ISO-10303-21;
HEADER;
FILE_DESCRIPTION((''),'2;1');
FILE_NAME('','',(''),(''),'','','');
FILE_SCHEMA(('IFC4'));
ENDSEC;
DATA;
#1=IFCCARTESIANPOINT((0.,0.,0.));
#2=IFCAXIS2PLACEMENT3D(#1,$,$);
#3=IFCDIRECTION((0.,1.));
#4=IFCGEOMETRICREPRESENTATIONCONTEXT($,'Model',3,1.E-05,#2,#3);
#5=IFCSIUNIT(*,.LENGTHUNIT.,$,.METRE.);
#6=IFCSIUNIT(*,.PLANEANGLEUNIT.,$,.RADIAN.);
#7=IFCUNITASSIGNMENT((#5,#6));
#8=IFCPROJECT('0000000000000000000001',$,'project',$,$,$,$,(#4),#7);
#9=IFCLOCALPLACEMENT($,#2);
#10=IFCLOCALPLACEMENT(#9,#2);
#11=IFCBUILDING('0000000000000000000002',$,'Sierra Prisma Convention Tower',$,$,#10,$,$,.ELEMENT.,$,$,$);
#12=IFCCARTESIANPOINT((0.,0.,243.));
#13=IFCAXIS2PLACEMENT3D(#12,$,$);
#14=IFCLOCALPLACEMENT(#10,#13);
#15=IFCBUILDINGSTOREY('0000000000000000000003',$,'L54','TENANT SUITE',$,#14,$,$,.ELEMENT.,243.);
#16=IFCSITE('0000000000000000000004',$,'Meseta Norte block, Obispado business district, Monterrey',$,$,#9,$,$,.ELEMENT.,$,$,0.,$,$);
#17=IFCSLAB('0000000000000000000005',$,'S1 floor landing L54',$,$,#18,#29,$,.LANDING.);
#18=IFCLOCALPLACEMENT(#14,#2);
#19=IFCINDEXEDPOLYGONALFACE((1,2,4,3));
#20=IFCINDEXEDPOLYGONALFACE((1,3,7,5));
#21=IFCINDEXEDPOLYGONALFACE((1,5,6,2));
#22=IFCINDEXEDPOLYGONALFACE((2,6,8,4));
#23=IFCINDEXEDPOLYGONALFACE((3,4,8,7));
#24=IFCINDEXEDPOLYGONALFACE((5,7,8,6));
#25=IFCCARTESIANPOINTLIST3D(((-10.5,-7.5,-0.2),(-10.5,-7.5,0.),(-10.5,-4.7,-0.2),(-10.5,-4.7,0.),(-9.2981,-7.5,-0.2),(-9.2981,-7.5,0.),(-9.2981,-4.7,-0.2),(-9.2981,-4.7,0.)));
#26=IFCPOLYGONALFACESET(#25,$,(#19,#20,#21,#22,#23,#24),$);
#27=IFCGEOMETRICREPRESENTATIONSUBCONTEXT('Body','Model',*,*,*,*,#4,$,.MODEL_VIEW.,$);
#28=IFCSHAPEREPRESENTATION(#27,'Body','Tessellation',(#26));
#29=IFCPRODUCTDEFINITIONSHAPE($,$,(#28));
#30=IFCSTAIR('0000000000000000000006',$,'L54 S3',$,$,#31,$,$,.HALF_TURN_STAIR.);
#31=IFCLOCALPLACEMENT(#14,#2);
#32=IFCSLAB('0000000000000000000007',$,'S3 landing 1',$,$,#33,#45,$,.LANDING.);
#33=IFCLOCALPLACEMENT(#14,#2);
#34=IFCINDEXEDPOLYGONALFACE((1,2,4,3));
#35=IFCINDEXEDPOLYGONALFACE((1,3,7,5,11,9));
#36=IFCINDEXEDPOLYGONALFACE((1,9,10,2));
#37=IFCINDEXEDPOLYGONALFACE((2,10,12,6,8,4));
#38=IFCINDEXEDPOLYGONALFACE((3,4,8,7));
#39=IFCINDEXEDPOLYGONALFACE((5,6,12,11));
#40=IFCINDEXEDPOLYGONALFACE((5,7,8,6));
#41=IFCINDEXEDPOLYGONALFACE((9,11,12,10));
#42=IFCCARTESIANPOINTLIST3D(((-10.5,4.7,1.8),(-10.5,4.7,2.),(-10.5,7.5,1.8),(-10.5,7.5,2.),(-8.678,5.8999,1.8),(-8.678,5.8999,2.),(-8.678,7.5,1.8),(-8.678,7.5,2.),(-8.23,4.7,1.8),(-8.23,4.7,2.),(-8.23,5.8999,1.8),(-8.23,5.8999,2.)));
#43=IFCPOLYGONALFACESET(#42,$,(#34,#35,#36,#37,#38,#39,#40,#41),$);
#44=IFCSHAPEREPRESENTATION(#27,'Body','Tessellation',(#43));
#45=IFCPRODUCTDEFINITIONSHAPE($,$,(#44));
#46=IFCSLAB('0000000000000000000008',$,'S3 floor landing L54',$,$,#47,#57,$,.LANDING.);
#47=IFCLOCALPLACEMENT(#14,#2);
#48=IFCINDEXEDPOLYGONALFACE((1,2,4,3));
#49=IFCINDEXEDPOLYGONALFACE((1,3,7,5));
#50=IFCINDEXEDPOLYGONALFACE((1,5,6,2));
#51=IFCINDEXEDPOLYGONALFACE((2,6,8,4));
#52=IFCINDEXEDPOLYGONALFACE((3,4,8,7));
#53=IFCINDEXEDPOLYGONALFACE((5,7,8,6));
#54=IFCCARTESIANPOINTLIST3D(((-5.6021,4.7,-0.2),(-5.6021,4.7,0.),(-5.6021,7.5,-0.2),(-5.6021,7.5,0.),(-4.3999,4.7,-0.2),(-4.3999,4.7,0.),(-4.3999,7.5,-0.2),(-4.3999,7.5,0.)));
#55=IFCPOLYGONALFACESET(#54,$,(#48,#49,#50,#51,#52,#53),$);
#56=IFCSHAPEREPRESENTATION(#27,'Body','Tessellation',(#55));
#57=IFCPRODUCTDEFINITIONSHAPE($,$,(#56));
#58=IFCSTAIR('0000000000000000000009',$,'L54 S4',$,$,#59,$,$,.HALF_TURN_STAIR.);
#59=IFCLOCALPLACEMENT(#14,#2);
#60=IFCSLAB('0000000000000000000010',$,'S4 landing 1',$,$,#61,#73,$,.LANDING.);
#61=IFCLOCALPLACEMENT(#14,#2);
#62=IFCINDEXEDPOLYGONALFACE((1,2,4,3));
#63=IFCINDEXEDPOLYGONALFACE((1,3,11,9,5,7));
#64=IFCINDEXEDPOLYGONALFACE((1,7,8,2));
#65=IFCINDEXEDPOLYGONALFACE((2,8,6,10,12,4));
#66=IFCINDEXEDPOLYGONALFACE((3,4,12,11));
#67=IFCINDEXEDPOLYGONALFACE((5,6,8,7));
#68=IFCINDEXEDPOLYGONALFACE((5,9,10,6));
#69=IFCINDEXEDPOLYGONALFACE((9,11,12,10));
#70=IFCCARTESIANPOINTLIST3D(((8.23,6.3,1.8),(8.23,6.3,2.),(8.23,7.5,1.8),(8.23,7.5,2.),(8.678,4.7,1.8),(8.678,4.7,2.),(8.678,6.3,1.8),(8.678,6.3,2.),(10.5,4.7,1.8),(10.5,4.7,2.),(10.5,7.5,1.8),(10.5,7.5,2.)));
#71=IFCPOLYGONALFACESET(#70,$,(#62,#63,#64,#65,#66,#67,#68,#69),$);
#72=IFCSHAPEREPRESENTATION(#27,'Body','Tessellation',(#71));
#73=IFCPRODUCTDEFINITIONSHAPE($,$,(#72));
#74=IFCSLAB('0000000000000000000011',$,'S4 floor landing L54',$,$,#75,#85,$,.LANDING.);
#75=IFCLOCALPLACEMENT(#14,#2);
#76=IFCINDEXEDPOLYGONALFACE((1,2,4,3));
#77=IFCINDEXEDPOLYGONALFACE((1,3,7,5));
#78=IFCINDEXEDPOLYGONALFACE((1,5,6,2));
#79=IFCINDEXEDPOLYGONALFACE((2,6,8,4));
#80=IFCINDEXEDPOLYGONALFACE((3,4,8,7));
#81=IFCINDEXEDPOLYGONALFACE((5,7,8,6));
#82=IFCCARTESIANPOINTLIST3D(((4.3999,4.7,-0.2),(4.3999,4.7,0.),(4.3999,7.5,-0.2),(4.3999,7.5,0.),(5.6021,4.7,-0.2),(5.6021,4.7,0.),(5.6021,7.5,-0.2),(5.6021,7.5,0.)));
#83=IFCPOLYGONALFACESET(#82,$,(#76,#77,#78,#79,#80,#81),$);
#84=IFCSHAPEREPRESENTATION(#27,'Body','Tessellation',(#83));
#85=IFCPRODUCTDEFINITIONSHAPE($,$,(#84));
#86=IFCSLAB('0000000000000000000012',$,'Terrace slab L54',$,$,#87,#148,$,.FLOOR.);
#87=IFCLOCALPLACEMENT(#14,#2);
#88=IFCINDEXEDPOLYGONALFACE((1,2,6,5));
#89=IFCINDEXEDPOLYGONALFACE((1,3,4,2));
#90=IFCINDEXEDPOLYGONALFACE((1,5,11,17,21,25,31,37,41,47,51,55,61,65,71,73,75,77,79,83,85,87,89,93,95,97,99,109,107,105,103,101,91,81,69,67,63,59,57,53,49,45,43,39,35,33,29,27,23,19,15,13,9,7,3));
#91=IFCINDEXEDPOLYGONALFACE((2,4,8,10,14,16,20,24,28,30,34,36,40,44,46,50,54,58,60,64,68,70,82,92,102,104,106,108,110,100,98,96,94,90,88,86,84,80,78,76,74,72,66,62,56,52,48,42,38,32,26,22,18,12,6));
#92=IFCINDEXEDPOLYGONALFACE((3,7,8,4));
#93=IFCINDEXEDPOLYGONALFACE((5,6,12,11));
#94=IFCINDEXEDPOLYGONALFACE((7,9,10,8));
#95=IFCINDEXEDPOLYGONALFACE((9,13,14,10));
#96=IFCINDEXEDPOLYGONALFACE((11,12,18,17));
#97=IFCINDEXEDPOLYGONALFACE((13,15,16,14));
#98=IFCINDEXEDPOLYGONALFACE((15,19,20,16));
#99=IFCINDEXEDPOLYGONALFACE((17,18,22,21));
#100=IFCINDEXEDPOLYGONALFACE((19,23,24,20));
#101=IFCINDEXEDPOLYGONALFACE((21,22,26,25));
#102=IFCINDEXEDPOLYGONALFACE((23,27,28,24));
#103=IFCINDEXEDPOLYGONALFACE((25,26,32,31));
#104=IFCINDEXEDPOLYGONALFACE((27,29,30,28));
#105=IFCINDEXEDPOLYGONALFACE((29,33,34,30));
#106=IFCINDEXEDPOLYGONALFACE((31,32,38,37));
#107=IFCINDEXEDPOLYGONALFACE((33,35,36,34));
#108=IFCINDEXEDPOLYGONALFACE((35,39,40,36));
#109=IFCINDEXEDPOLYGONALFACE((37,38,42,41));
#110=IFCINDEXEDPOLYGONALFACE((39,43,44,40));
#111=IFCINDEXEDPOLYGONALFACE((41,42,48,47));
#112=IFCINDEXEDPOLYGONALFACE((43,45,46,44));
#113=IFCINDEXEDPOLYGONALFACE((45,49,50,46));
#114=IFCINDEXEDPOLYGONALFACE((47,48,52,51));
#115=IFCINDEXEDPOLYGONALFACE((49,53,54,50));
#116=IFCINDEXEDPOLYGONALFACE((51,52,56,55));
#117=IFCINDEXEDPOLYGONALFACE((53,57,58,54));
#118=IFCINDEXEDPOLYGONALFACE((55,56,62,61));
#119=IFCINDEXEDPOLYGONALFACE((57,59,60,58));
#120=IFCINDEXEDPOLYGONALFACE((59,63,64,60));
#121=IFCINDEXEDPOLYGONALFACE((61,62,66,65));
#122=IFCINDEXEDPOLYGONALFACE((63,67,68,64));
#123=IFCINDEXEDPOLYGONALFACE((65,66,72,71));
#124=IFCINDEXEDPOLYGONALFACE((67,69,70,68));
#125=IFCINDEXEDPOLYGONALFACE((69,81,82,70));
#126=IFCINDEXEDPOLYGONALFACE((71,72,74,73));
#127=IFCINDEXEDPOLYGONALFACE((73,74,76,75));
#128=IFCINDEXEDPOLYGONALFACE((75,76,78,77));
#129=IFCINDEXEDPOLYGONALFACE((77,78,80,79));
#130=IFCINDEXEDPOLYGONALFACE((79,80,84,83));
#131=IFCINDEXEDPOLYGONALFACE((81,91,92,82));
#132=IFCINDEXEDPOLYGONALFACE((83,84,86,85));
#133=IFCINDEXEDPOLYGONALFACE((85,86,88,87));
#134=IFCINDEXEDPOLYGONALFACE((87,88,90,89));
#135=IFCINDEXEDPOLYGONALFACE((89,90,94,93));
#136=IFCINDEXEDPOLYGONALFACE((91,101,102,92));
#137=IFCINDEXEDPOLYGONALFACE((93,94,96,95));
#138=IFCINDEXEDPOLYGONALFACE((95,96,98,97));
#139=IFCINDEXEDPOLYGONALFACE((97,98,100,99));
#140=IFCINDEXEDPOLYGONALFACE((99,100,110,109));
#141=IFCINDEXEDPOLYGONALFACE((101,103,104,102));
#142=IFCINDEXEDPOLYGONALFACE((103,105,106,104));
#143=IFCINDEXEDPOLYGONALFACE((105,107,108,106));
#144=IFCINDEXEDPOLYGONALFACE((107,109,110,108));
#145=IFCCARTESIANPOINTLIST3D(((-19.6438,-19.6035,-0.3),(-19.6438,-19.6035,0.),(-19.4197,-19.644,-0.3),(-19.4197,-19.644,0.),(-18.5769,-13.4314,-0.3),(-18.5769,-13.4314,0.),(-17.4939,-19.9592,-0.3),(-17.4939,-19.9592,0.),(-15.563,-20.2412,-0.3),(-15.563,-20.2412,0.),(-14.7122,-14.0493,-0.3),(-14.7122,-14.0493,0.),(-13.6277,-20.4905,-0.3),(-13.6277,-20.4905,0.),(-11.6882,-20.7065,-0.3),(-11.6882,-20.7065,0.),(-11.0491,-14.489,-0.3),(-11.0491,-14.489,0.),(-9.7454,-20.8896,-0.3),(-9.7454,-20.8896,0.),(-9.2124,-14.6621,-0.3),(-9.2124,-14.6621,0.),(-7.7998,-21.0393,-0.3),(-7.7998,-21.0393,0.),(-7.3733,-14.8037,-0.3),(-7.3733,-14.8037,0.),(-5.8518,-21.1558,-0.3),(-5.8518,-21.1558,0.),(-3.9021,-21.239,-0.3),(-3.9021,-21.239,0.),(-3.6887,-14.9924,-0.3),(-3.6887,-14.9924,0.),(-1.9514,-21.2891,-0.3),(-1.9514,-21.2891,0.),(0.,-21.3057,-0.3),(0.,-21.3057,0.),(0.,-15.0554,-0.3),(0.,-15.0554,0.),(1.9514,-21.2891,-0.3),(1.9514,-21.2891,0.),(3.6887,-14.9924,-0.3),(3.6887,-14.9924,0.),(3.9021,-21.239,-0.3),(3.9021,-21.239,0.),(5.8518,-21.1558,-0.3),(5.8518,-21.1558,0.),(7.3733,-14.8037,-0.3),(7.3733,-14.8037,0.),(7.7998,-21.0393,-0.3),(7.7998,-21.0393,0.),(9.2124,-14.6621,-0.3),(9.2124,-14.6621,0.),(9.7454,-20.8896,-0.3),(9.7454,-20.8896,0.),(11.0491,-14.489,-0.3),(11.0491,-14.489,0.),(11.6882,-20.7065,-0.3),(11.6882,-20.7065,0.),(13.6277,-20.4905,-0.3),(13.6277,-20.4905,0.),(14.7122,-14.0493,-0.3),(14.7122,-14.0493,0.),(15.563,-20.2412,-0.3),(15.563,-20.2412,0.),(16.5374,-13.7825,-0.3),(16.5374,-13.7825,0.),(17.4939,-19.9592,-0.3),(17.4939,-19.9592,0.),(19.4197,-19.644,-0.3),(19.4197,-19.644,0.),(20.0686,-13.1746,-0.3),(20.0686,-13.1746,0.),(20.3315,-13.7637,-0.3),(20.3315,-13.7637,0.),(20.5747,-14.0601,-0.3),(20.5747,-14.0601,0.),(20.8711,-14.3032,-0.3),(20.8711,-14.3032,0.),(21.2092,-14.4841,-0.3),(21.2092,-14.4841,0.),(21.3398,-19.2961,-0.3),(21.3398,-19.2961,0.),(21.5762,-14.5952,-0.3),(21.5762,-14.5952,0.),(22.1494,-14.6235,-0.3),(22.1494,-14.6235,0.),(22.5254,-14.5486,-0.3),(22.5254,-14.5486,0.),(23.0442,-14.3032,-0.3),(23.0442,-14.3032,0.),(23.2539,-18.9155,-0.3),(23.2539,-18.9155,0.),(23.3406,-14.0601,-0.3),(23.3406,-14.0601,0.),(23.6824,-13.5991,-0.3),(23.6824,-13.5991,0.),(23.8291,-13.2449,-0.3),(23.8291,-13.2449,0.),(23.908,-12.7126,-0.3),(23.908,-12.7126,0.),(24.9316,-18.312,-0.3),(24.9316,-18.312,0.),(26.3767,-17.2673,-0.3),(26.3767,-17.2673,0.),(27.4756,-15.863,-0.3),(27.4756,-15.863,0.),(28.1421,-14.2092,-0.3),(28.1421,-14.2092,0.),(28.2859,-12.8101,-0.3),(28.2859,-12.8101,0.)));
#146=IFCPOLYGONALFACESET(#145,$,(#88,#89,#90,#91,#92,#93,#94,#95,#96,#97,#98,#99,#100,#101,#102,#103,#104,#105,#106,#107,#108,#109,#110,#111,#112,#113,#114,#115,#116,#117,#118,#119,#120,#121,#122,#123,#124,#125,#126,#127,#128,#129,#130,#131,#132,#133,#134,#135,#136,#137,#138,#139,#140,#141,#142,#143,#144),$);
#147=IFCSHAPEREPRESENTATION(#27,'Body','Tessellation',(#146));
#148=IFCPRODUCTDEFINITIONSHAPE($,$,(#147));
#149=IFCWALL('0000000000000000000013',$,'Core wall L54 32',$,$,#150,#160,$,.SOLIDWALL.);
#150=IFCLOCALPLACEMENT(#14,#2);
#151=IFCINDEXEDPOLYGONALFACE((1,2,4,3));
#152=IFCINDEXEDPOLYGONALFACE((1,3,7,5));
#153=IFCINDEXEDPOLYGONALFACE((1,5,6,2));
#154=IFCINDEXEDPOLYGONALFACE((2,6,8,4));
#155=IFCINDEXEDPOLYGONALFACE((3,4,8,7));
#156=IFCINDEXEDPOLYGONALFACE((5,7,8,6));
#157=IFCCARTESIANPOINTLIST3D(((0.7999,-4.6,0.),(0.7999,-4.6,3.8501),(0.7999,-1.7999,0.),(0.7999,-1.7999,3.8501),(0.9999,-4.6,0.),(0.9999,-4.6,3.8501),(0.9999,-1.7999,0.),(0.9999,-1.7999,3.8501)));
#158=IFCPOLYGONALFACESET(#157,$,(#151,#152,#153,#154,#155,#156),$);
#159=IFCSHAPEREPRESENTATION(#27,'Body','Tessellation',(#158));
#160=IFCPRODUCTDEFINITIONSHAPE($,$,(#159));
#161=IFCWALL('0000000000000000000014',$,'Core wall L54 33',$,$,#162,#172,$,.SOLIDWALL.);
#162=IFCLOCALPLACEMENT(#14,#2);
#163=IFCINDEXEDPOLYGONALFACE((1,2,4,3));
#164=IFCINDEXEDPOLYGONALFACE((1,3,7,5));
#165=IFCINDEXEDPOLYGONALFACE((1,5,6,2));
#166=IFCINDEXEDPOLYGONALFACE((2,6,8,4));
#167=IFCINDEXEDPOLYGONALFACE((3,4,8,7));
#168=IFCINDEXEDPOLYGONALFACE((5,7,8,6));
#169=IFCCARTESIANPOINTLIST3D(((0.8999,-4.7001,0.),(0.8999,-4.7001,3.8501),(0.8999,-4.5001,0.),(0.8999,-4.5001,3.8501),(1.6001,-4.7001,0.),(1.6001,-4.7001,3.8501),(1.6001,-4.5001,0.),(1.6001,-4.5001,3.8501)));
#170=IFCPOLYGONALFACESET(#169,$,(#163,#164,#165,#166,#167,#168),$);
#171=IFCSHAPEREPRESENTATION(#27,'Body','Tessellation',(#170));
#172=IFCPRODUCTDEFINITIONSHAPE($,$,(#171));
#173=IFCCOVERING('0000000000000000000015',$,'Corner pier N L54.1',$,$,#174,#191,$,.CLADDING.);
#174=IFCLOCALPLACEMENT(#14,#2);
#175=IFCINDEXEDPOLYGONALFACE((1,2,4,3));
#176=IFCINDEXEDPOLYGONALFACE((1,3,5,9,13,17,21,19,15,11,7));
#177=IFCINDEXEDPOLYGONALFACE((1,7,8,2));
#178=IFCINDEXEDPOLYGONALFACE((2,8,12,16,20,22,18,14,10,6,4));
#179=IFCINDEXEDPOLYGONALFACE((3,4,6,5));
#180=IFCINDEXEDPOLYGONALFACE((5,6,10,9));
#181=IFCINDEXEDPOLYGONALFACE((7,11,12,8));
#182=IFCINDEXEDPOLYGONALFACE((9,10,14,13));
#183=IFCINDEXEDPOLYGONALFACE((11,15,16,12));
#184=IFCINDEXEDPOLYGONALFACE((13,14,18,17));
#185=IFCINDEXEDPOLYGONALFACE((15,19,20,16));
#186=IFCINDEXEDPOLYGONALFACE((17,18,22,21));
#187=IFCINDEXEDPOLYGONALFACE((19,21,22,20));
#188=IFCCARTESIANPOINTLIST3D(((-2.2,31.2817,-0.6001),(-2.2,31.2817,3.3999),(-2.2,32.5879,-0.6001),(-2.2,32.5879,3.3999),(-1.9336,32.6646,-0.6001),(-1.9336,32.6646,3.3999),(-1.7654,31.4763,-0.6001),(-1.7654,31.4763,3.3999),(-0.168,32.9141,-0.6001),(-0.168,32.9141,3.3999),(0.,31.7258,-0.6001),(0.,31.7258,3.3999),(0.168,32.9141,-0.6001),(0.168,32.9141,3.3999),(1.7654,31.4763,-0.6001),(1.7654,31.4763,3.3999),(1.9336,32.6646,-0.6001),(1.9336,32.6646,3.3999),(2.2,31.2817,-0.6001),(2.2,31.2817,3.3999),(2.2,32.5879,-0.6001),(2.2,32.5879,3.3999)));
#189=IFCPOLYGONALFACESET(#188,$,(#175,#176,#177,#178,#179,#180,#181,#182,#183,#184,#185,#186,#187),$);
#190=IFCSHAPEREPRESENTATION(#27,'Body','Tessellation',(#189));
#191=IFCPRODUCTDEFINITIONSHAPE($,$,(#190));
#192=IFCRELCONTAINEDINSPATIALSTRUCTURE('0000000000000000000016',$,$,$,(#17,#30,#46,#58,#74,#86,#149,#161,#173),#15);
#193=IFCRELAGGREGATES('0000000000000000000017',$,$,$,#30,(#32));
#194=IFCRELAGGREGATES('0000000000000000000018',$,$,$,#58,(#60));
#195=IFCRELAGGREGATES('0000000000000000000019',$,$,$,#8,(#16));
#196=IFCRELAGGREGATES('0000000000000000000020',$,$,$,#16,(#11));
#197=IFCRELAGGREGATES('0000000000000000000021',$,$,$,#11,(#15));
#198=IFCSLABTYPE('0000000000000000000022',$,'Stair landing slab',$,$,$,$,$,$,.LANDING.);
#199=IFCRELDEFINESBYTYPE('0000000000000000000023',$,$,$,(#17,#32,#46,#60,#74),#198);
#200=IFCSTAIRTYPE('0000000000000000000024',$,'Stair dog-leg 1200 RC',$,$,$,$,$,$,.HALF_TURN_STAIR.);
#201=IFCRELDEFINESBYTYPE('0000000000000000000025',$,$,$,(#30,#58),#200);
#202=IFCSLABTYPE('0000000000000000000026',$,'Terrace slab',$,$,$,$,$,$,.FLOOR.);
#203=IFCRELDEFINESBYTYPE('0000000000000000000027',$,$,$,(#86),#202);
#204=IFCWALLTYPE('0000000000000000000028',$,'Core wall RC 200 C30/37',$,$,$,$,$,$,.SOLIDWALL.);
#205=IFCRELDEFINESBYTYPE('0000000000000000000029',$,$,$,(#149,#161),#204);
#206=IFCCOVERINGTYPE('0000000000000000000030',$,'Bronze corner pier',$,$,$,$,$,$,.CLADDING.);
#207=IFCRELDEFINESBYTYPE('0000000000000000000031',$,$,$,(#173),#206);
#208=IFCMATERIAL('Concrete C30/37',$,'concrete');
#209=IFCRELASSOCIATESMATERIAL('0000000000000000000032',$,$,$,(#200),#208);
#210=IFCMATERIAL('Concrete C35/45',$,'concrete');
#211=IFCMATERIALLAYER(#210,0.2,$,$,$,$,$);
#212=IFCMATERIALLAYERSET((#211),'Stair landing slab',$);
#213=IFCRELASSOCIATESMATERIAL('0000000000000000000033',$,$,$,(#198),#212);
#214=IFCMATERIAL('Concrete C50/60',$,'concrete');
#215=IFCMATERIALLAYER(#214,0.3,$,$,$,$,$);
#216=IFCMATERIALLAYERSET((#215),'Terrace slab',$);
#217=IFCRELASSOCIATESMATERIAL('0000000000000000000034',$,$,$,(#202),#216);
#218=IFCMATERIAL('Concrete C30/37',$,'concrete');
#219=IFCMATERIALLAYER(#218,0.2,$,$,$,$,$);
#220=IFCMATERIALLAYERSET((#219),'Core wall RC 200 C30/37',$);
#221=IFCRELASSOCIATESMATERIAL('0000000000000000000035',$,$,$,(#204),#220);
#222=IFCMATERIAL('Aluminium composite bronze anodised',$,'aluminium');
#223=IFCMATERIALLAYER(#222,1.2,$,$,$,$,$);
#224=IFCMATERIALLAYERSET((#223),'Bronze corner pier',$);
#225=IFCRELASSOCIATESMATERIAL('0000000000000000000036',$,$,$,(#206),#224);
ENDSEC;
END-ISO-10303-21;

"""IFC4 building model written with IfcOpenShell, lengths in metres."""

from ifc_helpers import new_model, si_unit, direction, frame, frame_2d, origin, place, context, subcontext, project, spatial, polyline, rectangle, outline, extrude, material, layer, layer_set, type_object, element, aggregate, save


model = new_model("IFC4")

# Units and contexts
model_context = context("Model", 3, precision=1e-05, world=origin(), true_north=direction((0.0, 1.0)))
body_context = subcontext(model_context, "Body", "Model", "MODEL_VIEW")
ifc_project = project(units=[si_unit("LENGTHUNIT", "METRE"), si_unit("PLANEANGLEUNIT", "RADIAN")], contexts=[model_context])

# Site, building, storey
site_placement = place(None, origin())
site = spatial("IfcSite", under=ifc_project, at=site_placement, Name="Meseta Norte block, Obispado business district, Monterrey", CompositionType="ELEMENT", RefElevation=0.0)
building_placement = place(site_placement, origin())
building = spatial("IfcBuilding", under=site, at=building_placement, Name="Sierra Prisma Convention Tower", CompositionType="ELEMENT")
storey_placement = place(building_placement, frame((0.0, 0.0, 243.0)))
storey = spatial("IfcBuildingStorey", under=building, at=storey_placement, Name="L54", Description="TENANT SUITE", CompositionType="ELEMENT", Elevation=243.0)

# Shared definitions
ifc_material_1 = material(Name="Concrete C30/37", Category="concrete")
stair_type = type_object("IfcStairType", Name="Stair dog-leg 1200 RC", PredefinedType="HALF_TURN_STAIR", material=ifc_material_1)
ifc_material_2 = material(Name="Concrete C35/45", Category="concrete")
ifc_layer_1 = layer(ifc_material_2, 0.2)
ifc_layer_set_1 = layer_set([ifc_layer_1], Name="Stair landing slab")
slab_type_1 = type_object("IfcSlabType", Name="Stair landing slab", PredefinedType="LANDING", material=ifc_layer_set_1)

# Slab
slab_1_placement = place(storey_placement, frame((0.0, 0.0, -0.2)))
element("IfcSlab", 1, at=slab_1_placement, inside=storey, type_object=slab_type_1, Name="S1 floor landing L54", PredefinedType="LANDING", context=body_context, shape_type="SweptSolid", body=[
    extrude(outline(polyline([(-10.5, -7.5), (-9.2981, -7.5), (-9.2981, -4.7), (-10.5, -4.7), (-10.5, -7.5)])), origin(), (0.0, 0.0, 1.0), 0.2),
])

# Stair, slab
stair_1_placement = place(storey_placement, origin())
stair_1 = element("IfcStair", 2, at=stair_1_placement, inside=storey, type_object=stair_type, Name="L54 S3", PredefinedType="HALF_TURN_STAIR")
slab_2_placement = place(storey_placement, frame((0.0, 0.0, 1.8)))
slab_2 = element("IfcSlab", 3, at=slab_2_placement, type_object=slab_type_1, Name="S3 landing 1", PredefinedType="LANDING", context=body_context, shape_type="SweptSolid", body=[
    extrude(outline(polyline([(-8.23, 5.8999), (-8.23, 4.7), (-10.5, 4.7), (-10.5, 7.5), (-8.678, 7.5), (-8.678, 5.8999), (-8.23, 5.8999)])), origin(), (0.0, 0.0, 1.0), 0.2),
])
aggregate(stair_1, [slab_2])

# Slab
slab_3_placement = place(storey_placement, frame((0.0, 0.0, -0.2)))
element("IfcSlab", 4, at=slab_3_placement, inside=storey, type_object=slab_type_1, Name="S3 floor landing L54", PredefinedType="LANDING", context=body_context, shape_type="SweptSolid", body=[
    extrude(outline(polyline([(-4.3999, 7.5), (-5.6021, 7.5), (-5.6021, 4.7), (-4.3999, 4.7), (-4.3999, 7.5)])), origin(), (0.0, 0.0, 1.0), 0.2),
])

# Stair, slab
stair_2_placement = place(storey_placement, origin())
stair_2 = element("IfcStair", 5, at=stair_2_placement, inside=storey, type_object=stair_type, Name="L54 S4", PredefinedType="HALF_TURN_STAIR")
slab_4_placement = place(storey_placement, frame((0.0, 0.0, 1.8)))
slab_4 = element("IfcSlab", 6, at=slab_4_placement, type_object=slab_type_1, Name="S4 landing 1", PredefinedType="LANDING", context=body_context, shape_type="SweptSolid", body=[
    extrude(outline(polyline([(10.5, 7.5), (10.5, 4.7), (8.678, 4.7), (8.678, 6.3), (8.23, 6.3), (8.23, 7.5), (10.5, 7.5)])), origin(), (0.0, 0.0, 1.0), 0.2),
])
aggregate(stair_2, [slab_4])

# Slabs
slab_5_placement = place(storey_placement, frame((0.0, 0.0, -0.2)))
element("IfcSlab", 7, at=slab_5_placement, inside=storey, type_object=slab_type_1, Name="S4 floor landing L54", PredefinedType="LANDING", context=body_context, shape_type="SweptSolid", body=[
    extrude(outline(polyline([(4.3999, 4.7), (5.6021, 4.7), (5.6021, 7.5), (4.3999, 7.5), (4.3999, 4.7)])), origin(), (0.0, 0.0, 1.0), 0.2),
])
ifc_material_3 = material(Name="Concrete C50/60", Category="concrete")
ifc_layer_2 = layer(ifc_material_3, 0.3)
ifc_layer_set_2 = layer_set([ifc_layer_2], Name="Terrace slab")
slab_type_2 = type_object("IfcSlabType", Name="Terrace slab", PredefinedType="FLOOR", material=ifc_layer_set_2)
slab_6_placement = place(storey_placement, frame((0.0, 0.0, -0.3)))
element("IfcSlab", 8, at=slab_6_placement, inside=storey, type_object=slab_type_2, Name="Terrace slab L54", PredefinedType="FLOOR", context=body_context, shape_type="SweptSolid", body=[
    extrude(outline(polyline([(-19.6438, -19.6035), (-19.4197, -19.644), (-17.4939, -19.9592), (-15.563, -20.2412), (-13.6277, -20.4905), (-11.6882, -20.7065), (-9.7454, -20.8896), (-7.7998, -21.0393), (-5.8518, -21.1558), (-3.9021, -21.239), (-1.9514, -21.2891), (0.0, -21.3057), (1.9514, -21.2891), (3.9021, -21.239), (5.8518, -21.1558), (7.7998, -21.0393), (9.7454, -20.8896), (11.6882, -20.7065), (13.6277, -20.4905), (15.563, -20.2412), (17.4939, -19.9592), (19.4197, -19.644), (21.3398, -19.2961), (23.2539, -18.9155), (24.9316, -18.312), (26.3767, -17.2673), (27.4756, -15.863), (28.1421, -14.2092), (28.2859, -12.8101), (23.908, -12.7126), (23.8291, -13.2449), (23.6824, -13.5991), (23.3406, -14.0601), (23.0442, -14.3032), (22.5254, -14.5486), (22.1494, -14.6235), (21.5762, -14.5952), (21.2092, -14.4841), (20.8711, -14.3032), (20.5747, -14.0601), (20.3315, -13.7637), (20.0686, -13.1746), (16.5374, -13.7825), (14.7122, -14.0493), (11.0491, -14.489), (9.2124, -14.6621), (7.3733, -14.8037), (3.6887, -14.9924), (0.0, -15.0554), (-3.6887, -14.9924), (-7.3733, -14.8037), (-9.2124, -14.6621), (-11.0491, -14.489), (-14.7122, -14.0493), (-18.5769, -13.4314), (-19.6438, -19.6035)])), origin(), (0.0, 0.0, 1.0), 0.3),
])

# Shared definitions
ifc_material_4 = material(Name="Concrete C30/37", Category="concrete")
ifc_layer_3 = layer(ifc_material_4, 0.2)
ifc_layer_set_3 = layer_set([ifc_layer_3], Name="Core wall RC 200 C30/37")
wall_type = type_object("IfcWallType", Name="Core wall RC 200 C30/37", PredefinedType="SOLIDWALL", material=ifc_layer_set_3)

# Walls
wall_1_placement = place(storey_placement, frame((0.8999, -1.8, 0.0), z_axis=(0.0, 0.0, 1.0), x_axis=(0.0, -1.0, 0.0)))
element("IfcWall", 9, at=wall_1_placement, inside=storey, type_object=wall_type, Name="Core wall L54 32", PredefinedType="SOLIDWALL", context=body_context, shape_type="SweptSolid", body=[
    extrude(rectangle(XDim=2.8, YDim=0.2, at=frame_2d((1.3999, 0.0))), origin(), (0.0, 0.0, 1.0), 3.8501),
])
wall_2_placement = place(storey_placement, frame((0.8999, -4.6001, 0.0), z_axis=(0.0, 0.0, 1.0), x_axis=(1.0, 0.0, 0.0)))
element("IfcWall", 10, at=wall_2_placement, inside=storey, type_object=wall_type, Name="Core wall L54 33", PredefinedType="SOLIDWALL", context=body_context, shape_type="SweptSolid", body=[
    extrude(rectangle(XDim=0.7002, YDim=0.2, at=frame_2d((0.3501, 0.0))), origin(), (0.0, 0.0, 1.0), 3.8501),
])

# Covering
ifc_material_5 = material(Name="Aluminium composite bronze anodised", Category="aluminium")
ifc_layer_4 = layer(ifc_material_5, 1.2)
ifc_layer_set_4 = layer_set([ifc_layer_4], Name="Bronze corner pier")
covering_type_1 = type_object("IfcCoveringType", Name="Bronze corner pier", PredefinedType="CLADDING", material=ifc_layer_set_4)
covering_1_placement = place(storey_placement, frame((0.0, 0.0, -0.6001)))
element("IfcCovering", 11, at=covering_1_placement, inside=storey, type_object=covering_type_1, Name="Corner pier N L54.1", PredefinedType="CLADDING", context=body_context, shape_type="SweptSolid", body=[
    extrude(outline(polyline([(-0.168, 32.9141), (0.168, 32.9141), (1.9336, 32.6646), (2.2, 32.5879), (2.2, 31.2817), (1.7654, 31.4763), (0.0, 31.7258), (-1.7654, 31.4763), (-2.2, 31.2817), (-2.2, 32.5879), (-1.9336, 32.6646), (-0.168, 32.9141)])), origin(), (0.0, 0.0, 1.0), 4.0),
])

save(model, "model.ifc")
